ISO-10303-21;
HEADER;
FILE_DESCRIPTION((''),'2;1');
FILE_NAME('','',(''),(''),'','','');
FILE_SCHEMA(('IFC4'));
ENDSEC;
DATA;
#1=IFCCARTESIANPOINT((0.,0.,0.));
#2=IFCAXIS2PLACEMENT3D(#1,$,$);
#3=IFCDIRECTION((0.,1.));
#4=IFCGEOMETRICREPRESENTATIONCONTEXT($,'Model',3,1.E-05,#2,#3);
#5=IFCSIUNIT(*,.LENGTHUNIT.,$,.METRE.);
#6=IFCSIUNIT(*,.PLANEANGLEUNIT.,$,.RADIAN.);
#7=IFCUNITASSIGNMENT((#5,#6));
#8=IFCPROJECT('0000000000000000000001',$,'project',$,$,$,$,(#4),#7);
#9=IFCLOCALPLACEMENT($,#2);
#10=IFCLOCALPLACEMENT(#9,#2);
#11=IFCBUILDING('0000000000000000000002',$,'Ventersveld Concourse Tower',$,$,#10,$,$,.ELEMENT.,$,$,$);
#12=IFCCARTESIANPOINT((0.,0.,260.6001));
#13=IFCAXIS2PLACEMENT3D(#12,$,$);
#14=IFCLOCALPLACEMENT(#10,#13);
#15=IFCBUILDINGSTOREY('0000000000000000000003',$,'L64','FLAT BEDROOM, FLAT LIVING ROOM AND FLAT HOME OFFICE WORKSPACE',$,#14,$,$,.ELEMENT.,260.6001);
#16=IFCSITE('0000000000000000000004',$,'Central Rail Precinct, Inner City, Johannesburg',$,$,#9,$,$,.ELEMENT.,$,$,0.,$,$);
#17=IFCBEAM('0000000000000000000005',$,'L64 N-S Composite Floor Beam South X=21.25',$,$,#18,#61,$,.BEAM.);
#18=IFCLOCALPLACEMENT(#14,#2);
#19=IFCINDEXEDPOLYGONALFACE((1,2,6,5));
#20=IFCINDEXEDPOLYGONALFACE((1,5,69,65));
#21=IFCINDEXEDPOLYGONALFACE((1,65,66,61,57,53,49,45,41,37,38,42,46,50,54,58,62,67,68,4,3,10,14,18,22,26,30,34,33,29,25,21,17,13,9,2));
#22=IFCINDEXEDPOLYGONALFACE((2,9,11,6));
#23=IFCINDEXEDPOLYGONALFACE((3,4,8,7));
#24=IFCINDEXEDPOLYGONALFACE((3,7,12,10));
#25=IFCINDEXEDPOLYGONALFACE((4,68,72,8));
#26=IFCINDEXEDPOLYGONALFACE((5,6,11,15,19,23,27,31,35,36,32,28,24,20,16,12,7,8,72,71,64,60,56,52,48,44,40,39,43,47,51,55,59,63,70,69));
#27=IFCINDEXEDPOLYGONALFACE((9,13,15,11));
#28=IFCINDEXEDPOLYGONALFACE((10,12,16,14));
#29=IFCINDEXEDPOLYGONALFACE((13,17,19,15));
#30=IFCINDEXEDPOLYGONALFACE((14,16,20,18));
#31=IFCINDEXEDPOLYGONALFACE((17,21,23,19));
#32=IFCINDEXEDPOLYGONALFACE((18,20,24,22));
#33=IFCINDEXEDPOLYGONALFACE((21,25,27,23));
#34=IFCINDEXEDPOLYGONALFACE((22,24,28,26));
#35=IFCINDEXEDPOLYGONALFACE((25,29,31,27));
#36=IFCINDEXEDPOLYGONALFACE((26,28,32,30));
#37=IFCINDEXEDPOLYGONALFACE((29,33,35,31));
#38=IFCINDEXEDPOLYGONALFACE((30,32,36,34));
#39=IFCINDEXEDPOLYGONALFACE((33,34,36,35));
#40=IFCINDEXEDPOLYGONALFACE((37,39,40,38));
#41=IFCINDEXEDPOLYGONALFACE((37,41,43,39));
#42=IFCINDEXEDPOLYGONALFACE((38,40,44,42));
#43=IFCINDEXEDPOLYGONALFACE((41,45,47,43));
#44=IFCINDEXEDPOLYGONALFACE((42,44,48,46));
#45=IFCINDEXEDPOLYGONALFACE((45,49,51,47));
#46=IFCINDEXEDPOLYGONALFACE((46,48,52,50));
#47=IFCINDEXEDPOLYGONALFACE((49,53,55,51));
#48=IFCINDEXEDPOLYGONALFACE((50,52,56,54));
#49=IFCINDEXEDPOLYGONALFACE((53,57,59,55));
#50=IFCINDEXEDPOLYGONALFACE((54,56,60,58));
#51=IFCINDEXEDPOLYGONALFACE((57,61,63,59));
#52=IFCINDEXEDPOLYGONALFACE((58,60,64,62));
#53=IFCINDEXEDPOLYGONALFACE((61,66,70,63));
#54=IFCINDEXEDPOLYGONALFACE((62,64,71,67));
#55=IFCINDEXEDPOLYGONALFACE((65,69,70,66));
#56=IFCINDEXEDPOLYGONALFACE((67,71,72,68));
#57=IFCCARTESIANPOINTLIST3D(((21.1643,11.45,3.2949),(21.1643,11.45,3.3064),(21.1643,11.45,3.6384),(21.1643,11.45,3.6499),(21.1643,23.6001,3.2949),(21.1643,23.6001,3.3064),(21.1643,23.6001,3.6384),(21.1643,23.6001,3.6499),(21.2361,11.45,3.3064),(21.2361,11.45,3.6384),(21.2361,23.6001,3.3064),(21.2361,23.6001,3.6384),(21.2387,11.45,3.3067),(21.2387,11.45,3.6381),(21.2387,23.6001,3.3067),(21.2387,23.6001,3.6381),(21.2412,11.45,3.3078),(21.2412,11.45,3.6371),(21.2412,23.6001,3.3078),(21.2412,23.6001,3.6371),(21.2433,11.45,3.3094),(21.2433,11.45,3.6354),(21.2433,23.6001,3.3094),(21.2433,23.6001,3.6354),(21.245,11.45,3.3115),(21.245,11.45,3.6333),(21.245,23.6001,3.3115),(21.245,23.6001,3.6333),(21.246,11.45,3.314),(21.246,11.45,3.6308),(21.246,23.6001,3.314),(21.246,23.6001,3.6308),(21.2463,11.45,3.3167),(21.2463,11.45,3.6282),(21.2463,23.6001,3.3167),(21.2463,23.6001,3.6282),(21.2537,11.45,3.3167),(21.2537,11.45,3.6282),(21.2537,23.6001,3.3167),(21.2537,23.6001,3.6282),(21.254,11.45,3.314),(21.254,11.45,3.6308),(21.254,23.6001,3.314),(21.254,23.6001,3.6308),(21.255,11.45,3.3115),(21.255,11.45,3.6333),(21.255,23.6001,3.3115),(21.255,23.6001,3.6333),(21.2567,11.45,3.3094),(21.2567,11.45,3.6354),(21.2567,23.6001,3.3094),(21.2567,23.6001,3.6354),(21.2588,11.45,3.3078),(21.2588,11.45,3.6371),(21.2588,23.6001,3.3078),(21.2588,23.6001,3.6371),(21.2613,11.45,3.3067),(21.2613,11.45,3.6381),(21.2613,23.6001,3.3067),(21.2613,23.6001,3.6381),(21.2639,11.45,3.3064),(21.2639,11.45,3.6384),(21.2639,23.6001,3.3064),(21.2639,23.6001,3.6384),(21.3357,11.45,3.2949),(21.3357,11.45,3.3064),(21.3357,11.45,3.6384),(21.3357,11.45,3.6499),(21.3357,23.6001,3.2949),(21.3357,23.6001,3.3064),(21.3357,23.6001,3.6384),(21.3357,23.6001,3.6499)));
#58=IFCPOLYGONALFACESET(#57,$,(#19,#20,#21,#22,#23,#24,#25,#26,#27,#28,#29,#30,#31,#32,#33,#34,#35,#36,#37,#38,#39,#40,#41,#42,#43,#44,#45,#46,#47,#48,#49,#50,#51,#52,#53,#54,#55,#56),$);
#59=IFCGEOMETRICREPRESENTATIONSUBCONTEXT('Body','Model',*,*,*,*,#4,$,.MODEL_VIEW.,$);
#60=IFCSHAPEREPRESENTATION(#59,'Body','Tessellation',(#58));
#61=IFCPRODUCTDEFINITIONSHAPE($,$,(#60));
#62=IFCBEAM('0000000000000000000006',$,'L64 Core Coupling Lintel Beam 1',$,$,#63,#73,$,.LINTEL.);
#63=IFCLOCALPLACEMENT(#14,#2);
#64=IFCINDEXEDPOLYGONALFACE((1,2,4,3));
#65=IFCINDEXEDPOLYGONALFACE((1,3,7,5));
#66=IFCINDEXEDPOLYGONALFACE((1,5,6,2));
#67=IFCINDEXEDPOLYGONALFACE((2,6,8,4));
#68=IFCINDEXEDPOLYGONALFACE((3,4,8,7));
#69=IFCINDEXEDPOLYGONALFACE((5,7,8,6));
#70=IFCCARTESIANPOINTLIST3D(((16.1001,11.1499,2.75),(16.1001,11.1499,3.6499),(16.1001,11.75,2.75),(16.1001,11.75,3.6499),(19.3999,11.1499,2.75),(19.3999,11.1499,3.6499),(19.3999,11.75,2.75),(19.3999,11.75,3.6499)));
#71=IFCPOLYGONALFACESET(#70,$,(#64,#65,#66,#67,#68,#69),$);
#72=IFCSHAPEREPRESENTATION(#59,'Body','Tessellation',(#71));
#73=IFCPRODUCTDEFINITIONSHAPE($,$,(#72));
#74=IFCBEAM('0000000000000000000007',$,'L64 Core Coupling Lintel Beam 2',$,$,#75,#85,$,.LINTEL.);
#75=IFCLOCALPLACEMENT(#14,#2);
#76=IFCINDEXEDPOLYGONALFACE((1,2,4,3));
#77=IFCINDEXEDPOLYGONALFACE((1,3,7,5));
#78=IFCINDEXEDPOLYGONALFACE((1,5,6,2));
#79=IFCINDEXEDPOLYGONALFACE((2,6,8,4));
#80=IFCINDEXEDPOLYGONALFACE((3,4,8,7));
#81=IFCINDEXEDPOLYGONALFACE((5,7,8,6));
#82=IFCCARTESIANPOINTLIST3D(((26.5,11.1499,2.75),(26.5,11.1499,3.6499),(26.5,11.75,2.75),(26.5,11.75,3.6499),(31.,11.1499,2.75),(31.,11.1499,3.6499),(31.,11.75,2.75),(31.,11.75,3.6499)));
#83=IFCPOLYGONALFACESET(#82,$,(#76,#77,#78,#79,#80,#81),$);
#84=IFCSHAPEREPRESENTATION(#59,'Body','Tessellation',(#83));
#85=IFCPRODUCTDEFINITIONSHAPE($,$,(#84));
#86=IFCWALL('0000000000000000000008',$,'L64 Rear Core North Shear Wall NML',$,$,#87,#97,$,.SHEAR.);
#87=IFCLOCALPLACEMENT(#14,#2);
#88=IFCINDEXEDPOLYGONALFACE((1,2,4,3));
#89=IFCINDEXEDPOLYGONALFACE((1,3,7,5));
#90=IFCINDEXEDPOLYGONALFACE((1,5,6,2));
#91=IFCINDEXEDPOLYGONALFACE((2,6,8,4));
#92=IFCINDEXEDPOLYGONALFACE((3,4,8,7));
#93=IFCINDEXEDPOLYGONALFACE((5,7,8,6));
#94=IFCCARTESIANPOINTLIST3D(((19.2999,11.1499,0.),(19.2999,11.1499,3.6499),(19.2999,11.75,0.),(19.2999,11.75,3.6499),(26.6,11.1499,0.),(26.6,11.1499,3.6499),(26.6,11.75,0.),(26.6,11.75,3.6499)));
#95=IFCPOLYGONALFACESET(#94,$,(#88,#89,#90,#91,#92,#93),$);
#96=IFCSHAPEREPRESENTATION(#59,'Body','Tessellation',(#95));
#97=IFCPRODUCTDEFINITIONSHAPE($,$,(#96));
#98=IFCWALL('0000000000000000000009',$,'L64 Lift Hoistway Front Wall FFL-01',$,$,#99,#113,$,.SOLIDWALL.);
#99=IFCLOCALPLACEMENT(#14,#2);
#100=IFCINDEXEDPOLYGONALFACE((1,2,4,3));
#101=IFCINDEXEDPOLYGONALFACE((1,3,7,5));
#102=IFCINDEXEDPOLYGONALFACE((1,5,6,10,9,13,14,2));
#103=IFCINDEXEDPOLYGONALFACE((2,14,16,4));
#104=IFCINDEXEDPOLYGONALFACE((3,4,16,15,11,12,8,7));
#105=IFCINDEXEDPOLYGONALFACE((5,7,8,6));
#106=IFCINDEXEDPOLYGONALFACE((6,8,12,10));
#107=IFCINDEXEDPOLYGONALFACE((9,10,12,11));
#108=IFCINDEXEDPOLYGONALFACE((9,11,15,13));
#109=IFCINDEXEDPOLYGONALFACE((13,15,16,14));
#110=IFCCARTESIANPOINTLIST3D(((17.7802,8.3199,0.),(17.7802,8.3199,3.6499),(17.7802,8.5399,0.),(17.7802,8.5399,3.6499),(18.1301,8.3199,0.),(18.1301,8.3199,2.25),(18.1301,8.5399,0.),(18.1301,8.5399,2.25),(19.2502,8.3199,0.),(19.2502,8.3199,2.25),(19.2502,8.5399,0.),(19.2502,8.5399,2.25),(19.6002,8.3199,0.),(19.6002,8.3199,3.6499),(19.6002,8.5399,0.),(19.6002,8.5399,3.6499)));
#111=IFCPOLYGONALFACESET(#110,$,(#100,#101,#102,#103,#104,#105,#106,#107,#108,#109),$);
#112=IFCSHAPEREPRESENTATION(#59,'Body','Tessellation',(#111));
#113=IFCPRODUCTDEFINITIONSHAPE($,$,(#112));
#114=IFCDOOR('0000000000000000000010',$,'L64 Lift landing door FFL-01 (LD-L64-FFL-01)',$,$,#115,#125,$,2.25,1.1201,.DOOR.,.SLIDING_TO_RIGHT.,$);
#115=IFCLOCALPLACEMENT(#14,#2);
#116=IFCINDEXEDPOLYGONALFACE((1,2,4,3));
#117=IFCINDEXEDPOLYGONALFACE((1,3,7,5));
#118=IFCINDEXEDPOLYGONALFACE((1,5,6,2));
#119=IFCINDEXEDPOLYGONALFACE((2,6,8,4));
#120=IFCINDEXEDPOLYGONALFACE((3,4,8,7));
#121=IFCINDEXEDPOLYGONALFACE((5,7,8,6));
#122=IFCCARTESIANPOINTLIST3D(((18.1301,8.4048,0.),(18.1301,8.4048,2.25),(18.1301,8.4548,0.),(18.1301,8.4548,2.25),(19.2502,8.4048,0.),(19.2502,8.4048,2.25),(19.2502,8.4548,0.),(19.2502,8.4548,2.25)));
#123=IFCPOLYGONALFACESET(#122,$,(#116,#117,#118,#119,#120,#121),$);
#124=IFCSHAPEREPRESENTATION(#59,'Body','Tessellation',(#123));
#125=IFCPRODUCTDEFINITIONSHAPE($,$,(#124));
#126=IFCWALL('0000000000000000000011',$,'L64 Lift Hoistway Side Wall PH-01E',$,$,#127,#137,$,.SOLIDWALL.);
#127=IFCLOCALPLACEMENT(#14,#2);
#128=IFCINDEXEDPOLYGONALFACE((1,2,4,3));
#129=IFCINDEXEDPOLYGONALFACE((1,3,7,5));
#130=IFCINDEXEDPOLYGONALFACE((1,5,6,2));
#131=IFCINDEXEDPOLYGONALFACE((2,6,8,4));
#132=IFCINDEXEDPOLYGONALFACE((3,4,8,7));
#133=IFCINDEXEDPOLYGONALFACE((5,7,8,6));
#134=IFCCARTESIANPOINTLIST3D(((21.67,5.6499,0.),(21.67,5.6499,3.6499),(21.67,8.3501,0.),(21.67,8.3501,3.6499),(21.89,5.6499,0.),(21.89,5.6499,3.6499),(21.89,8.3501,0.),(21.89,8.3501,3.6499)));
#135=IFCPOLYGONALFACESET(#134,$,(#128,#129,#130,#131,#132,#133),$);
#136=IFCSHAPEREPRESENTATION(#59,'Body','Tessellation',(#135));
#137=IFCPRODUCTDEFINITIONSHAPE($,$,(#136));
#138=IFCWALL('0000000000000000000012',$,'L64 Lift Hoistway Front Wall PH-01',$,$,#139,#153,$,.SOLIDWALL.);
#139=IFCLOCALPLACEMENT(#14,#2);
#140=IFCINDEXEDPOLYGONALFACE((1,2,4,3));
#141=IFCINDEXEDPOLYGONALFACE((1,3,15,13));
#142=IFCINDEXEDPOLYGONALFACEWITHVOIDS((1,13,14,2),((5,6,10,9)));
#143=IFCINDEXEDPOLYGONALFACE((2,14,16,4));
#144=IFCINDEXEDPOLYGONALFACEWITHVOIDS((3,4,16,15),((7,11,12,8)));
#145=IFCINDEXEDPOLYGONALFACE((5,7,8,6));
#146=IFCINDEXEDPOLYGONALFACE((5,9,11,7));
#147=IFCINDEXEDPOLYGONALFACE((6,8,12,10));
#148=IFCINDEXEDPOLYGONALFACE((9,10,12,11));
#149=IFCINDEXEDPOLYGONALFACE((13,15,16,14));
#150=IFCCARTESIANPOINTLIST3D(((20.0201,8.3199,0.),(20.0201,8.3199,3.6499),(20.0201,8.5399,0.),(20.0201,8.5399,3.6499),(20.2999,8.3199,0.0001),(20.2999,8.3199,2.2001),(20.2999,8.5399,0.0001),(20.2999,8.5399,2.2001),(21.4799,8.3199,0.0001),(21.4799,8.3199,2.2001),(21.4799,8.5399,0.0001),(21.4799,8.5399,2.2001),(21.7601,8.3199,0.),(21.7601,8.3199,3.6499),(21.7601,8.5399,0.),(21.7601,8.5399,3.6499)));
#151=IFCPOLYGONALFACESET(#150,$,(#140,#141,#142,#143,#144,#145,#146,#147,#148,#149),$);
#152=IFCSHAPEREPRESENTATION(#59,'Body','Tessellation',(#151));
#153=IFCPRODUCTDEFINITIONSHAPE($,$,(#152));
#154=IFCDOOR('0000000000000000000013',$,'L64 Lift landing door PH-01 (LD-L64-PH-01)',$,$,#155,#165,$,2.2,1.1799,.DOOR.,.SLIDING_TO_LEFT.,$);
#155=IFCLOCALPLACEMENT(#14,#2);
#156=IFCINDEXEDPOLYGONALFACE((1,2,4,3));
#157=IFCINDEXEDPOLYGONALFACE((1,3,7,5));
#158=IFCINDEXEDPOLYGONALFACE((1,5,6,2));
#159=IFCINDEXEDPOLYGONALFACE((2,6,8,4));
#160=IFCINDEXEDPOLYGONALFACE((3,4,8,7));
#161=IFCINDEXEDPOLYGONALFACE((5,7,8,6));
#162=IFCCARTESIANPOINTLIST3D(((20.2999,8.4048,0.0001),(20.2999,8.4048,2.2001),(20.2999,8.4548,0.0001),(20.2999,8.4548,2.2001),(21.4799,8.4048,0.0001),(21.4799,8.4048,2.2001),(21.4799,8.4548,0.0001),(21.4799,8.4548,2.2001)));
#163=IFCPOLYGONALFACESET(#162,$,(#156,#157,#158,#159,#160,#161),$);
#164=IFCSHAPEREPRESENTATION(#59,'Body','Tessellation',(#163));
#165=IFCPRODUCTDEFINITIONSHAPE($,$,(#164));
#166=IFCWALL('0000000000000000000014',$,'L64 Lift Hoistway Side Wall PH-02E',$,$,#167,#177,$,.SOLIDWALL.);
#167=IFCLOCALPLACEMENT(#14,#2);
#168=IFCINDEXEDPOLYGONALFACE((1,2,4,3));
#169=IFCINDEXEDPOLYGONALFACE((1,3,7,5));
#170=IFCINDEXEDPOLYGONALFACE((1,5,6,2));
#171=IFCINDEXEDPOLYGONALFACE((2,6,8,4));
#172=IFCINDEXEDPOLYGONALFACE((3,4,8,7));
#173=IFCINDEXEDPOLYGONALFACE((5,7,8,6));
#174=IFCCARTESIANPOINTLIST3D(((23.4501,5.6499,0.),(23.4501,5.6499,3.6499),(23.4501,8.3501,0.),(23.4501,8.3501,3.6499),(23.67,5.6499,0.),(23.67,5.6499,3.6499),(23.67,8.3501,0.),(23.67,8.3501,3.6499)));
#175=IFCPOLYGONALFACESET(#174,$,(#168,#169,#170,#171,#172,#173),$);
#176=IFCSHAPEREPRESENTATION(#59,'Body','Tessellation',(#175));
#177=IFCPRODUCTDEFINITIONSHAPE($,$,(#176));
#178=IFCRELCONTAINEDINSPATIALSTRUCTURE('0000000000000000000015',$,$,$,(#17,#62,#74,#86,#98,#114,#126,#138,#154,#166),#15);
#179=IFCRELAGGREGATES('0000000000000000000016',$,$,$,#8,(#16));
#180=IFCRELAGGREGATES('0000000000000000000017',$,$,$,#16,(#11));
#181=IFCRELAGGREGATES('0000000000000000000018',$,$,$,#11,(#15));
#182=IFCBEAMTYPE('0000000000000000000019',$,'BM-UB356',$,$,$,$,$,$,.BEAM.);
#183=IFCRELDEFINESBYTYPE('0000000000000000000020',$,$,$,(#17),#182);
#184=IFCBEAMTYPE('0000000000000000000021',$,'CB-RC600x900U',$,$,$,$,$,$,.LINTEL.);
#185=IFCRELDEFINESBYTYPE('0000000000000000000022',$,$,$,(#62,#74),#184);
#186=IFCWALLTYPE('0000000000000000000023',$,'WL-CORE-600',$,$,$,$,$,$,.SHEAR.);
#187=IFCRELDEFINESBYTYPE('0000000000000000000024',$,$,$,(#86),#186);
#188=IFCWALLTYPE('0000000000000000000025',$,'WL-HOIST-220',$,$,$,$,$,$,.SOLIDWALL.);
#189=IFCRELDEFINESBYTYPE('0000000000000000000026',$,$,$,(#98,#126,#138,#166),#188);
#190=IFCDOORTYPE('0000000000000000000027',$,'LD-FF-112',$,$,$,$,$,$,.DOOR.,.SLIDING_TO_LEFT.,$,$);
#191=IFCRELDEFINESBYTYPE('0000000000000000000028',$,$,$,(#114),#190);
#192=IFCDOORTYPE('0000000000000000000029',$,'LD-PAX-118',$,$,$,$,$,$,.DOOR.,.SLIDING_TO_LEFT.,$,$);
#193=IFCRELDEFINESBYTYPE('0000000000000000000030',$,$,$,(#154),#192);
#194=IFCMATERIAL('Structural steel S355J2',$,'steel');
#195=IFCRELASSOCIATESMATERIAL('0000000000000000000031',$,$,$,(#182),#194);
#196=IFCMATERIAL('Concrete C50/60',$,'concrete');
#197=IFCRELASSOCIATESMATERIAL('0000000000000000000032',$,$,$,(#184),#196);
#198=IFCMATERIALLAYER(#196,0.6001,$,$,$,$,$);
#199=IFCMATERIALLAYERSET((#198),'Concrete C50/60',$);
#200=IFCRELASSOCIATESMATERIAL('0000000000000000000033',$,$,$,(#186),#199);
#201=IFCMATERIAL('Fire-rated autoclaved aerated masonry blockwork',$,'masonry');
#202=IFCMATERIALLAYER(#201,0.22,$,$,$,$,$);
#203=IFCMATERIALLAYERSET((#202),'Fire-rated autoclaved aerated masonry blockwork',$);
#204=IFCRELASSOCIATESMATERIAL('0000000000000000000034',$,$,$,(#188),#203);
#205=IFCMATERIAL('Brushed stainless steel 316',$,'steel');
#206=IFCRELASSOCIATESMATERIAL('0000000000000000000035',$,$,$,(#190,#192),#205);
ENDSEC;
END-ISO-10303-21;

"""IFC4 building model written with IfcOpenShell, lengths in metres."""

from ifc_helpers import new_model, si_unit, direction, frame, frame_2d, origin, origin_2d, place, context, subcontext, project, spatial, rectangle, i_section, extrude, material, layer, layer_set, material_profile, profile_set, type_object, element, fill, save


model = new_model("IFC4")

# Units and contexts
model_context = context("Model", 3, precision=1e-05, world=origin(), true_north=direction((0.0, 1.0)))
body_context = subcontext(model_context, "Body", "Model", "MODEL_VIEW")
ifc_project = project(units=[si_unit("LENGTHUNIT", "METRE"), si_unit("PLANEANGLEUNIT", "RADIAN")], contexts=[model_context])

# Site, building, storey
site_placement = place(None, origin())
site = spatial("IfcSite", under=ifc_project, at=site_placement, Name="Central Rail Precinct, Inner City, Johannesburg", CompositionType="ELEMENT", RefElevation=0.0)
building_placement = place(site_placement, origin())
building = spatial("IfcBuilding", under=site, at=building_placement, Name="Ventersveld Concourse Tower", CompositionType="ELEMENT")
storey_placement = place(building_placement, frame((0.0, 0.0, 260.6001)))
storey = spatial("IfcBuildingStorey", under=building, at=storey_placement, Name="L64", Description="FLAT BEDROOM, FLAT LIVING ROOM AND FLAT HOME OFFICE WORKSPACE", CompositionType="ELEMENT", Elevation=260.6001)

# Beams
ifc_material_1 = material(Name="Structural steel S355J2", Category="steel")
ifc_material_profile_1 = material_profile(ifc_material_1, i_section(OverallWidth=0.1714, OverallDepth=0.355, WebThickness=0.0073, FlangeThickness=0.0115, FilletRadius=0.0103, at=origin_2d()), Name="UB 356x171x51")
ifc_profile_set_1 = profile_set([ifc_material_profile_1], Name="Structural steel S355J2")
beam_type_1 = type_object("IfcBeamType", Name="BM-UB356", PredefinedType="BEAM", material=ifc_profile_set_1)
beam_1_placement = place(storey_placement, frame((21.25, 11.45, 3.4724), z_axis=(0.0, 1.0, 0.0), x_axis=(-1.0, 0.0, 0.0)))
element("IfcBeam", 1, at=beam_1_placement, inside=storey, type_object=beam_type_1, Name="L64 N-S Composite Floor Beam South X=21.25", PredefinedType="BEAM", context=body_context, shape_type="SweptSolid", body=[
    extrude(i_section(OverallWidth=0.1714, OverallDepth=0.355, WebThickness=0.0073, FlangeThickness=0.0115, FilletRadius=0.0103, at=origin_2d()), origin(), (0.0, 0.0, 1.0), 12.1501),
])
ifc_material_2 = material(Name="Concrete C50/60", Category="concrete")
ifc_material_profile_2 = material_profile(ifc_material_2, rectangle(XDim=0.6001, YDim=0.8999, at=origin_2d()), Name="RC 600x900")
ifc_profile_set_2 = profile_set([ifc_material_profile_2], Name="Concrete C50/60")
beam_type_2 = type_object("IfcBeamType", Name="CB-RC600x900U", PredefinedType="LINTEL", material=ifc_profile_set_2)
beam_2_placement = place(storey_placement, frame((16.1001, 11.45, 3.2), z_axis=(1.0, 0.0, 0.0), x_axis=(0.0, 1.0, 0.0)))
element("IfcBeam", 2, at=beam_2_placement, inside=storey, type_object=beam_type_2, Name="L64 Core Coupling Lintel Beam 1", PredefinedType="LINTEL", context=body_context, shape_type="SweptSolid", body=[
    extrude(rectangle(XDim=0.6001, YDim=0.8999, at=origin_2d()), origin(), (0.0, 0.0, 1.0), 3.2998),
])
beam_3_placement = place(storey_placement, frame((26.5, 11.45, 3.2), z_axis=(1.0, 0.0, 0.0), x_axis=(0.0, 1.0, 0.0)))
element("IfcBeam", 3, at=beam_3_placement, inside=storey, type_object=beam_type_2, Name="L64 Core Coupling Lintel Beam 2", PredefinedType="LINTEL", context=body_context, shape_type="SweptSolid", body=[
    extrude(rectangle(XDim=0.6001, YDim=0.8999, at=origin_2d()), origin(), (0.0, 0.0, 1.0), 4.5),
])

# Wall
ifc_layer_1 = layer(ifc_material_2, 0.6001)
ifc_layer_set_1 = layer_set([ifc_layer_1], Name="Concrete C50/60")
wall_type_1 = type_object("IfcWallType", Name="WL-CORE-600", PredefinedType="SHEAR", material=ifc_layer_set_1)
wall_1_placement = place(storey_placement, frame((19.3, 11.45, 0.0), z_axis=(0.0, 0.0, 1.0), x_axis=(1.0, 0.0, 0.0)))
element("IfcWall", 4, at=wall_1_placement, inside=storey, type_object=wall_type_1, Name="L64 Rear Core North Shear Wall NML", PredefinedType="SHEAR", context=body_context, shape_type="SweptSolid", body=[
    extrude(rectangle(XDim=7.3, YDim=0.6001, at=frame_2d((3.6499, 0.0))), origin(), (0.0, 0.0, 1.0), 3.6499),
])

# Wall, opening, door
ifc_material_3 = material(Name="Fire-rated autoclaved aerated masonry blockwork", Category="masonry")
ifc_layer_2 = layer(ifc_material_3, 0.22)
ifc_layer_set_2 = layer_set([ifc_layer_2], Name="Fire-rated autoclaved aerated masonry blockwork")
wall_type_2 = type_object("IfcWallType", Name="WL-HOIST-220", PredefinedType="SOLIDWALL", material=ifc_layer_set_2)
wall_2_placement = place(storey_placement, frame((17.78, 8.4299, 0.0), z_axis=(0.0, 0.0, 1.0), x_axis=(1.0, 0.0, 0.0)))
wall_2 = element("IfcWall", 5, at=wall_2_placement, inside=storey, type_object=wall_type_2, Name="L64 Lift Hoistway Front Wall FFL-01", PredefinedType="SOLIDWALL", context=body_context, shape_type="SweptSolid", body=[
    extrude(rectangle(XDim=1.8201, YDim=0.22, at=frame_2d((0.9102, 0.0))), origin(), (0.0, 0.0, 1.0), 3.6499),
])
opening_1_placement = place(wall_2_placement, frame((0.3501, 0.0, 0.0)))
opening_1 = element("IfcOpeningElement", 6, at=opening_1_placement, cuts=wall_2, PredefinedType="OPENING", context=body_context, shape_type="SweptSolid", body=[
    extrude(rectangle(XDim=1.1201, YDim=2.25, at=frame_2d((0.5601, 1.125))), frame((0.0, 0.1201, 0.0), z_axis=(0.0, -1.0, 0.0), x_axis=(1.0, 0.0, 0.0)), (0.0, 0.0, 1.0), 0.24),
])
ifc_material_4 = material(Name="Brushed stainless steel 316", Category="steel")
door_type_1 = type_object("IfcDoorType", Name="LD-FF-112", OperationType="SLIDING_TO_LEFT", PredefinedType="DOOR", material=ifc_material_4)
door_1_placement = place(opening_1_placement, origin())
door_1 = element("IfcDoor", 7, at=door_1_placement, inside=storey, type_object=door_type_1, Name="L64 Lift landing door FFL-01 (LD-L64-FFL-01)", OperationType="SLIDING_TO_RIGHT", OverallHeight=2.25, OverallWidth=1.1201, PredefinedType="DOOR", context=body_context, shape_type="SweptSolid", body=[
    extrude(rectangle(XDim=1.1201, YDim=2.25, at=frame_2d((0.5601, 1.125))), frame((0.0, 0.0249, 0.0), z_axis=(0.0, -1.0, 0.0), x_axis=(1.0, 0.0, 0.0)), (0.0, 0.0, 1.0), 0.05),
])
fill(opening_1, door_1)

# Wall
wall_3_placement = place(storey_placement, frame((21.78, 5.6499, 0.0), z_axis=(0.0, 0.0, 1.0), x_axis=(0.0, 1.0, 0.0)))
element("IfcWall", 8, at=wall_3_placement, inside=storey, type_object=wall_type_2, Name="L64 Lift Hoistway Side Wall PH-01E", PredefinedType="SOLIDWALL", context=body_context, shape_type="SweptSolid", body=[
    extrude(rectangle(XDim=2.7002, YDim=0.22, at=frame_2d((1.3501, 0.0))), origin(), (0.0, 0.0, 1.0), 3.6499),
])

# Wall, opening, door
wall_4_placement = place(storey_placement, frame((20.02, 8.4299, 0.0), z_axis=(0.0, 0.0, 1.0), x_axis=(1.0, 0.0, 0.0)))
wall_4 = element("IfcWall", 9, at=wall_4_placement, inside=storey, type_object=wall_type_2, Name="L64 Lift Hoistway Front Wall PH-01", PredefinedType="SOLIDWALL", context=body_context, shape_type="SweptSolid", body=[
    extrude(rectangle(XDim=1.74, YDim=0.22, at=frame_2d((0.8701, 0.0))), origin(), (0.0, 0.0, 1.0), 3.6499),
])
opening_2_placement = place(wall_4_placement, frame((0.28, 0.0, 0.0)))
opening_2 = element("IfcOpeningElement", 10, at=opening_2_placement, cuts=wall_4, PredefinedType="OPENING", context=body_context, shape_type="SweptSolid", body=[
    extrude(rectangle(XDim=1.1799, YDim=2.2, at=frame_2d((0.5898, 1.1001))), frame((0.0, 0.1201, 0.0), z_axis=(0.0, -1.0, 0.0), x_axis=(1.0, 0.0, 0.0)), (0.0, 0.0, 1.0), 0.24),
])
door_type_2 = type_object("IfcDoorType", Name="LD-PAX-118", OperationType="SLIDING_TO_LEFT", PredefinedType="DOOR", material=ifc_material_4)
door_2_placement = place(opening_2_placement, origin())
door_2 = element("IfcDoor", 11, at=door_2_placement, inside=storey, type_object=door_type_2, Name="L64 Lift landing door PH-01 (LD-L64-PH-01)", OperationType="SLIDING_TO_LEFT", OverallHeight=2.2, OverallWidth=1.1799, PredefinedType="DOOR", context=body_context, shape_type="SweptSolid", body=[
    extrude(rectangle(XDim=1.1799, YDim=2.2, at=frame_2d((0.5898, 1.1001))), frame((0.0, 0.0249, 0.0), z_axis=(0.0, -1.0, 0.0), x_axis=(1.0, 0.0, 0.0)), (0.0, 0.0, 1.0), 0.05),
])
fill(opening_2, door_2)

# Wall
wall_5_placement = place(storey_placement, frame((23.5601, 5.6499, 0.0), z_axis=(0.0, 0.0, 1.0), x_axis=(0.0, 1.0, 0.0)))
element("IfcWall", 12, at=wall_5_placement, inside=storey, type_object=wall_type_2, Name="L64 Lift Hoistway Side Wall PH-02E", PredefinedType="SOLIDWALL", context=body_context, shape_type="SweptSolid", body=[
    extrude(rectangle(XDim=2.7002, YDim=0.22, at=frame_2d((1.3501, 0.0))), origin(), (0.0, 0.0, 1.0), 3.6499),
])

save(model, "model.ifc")
